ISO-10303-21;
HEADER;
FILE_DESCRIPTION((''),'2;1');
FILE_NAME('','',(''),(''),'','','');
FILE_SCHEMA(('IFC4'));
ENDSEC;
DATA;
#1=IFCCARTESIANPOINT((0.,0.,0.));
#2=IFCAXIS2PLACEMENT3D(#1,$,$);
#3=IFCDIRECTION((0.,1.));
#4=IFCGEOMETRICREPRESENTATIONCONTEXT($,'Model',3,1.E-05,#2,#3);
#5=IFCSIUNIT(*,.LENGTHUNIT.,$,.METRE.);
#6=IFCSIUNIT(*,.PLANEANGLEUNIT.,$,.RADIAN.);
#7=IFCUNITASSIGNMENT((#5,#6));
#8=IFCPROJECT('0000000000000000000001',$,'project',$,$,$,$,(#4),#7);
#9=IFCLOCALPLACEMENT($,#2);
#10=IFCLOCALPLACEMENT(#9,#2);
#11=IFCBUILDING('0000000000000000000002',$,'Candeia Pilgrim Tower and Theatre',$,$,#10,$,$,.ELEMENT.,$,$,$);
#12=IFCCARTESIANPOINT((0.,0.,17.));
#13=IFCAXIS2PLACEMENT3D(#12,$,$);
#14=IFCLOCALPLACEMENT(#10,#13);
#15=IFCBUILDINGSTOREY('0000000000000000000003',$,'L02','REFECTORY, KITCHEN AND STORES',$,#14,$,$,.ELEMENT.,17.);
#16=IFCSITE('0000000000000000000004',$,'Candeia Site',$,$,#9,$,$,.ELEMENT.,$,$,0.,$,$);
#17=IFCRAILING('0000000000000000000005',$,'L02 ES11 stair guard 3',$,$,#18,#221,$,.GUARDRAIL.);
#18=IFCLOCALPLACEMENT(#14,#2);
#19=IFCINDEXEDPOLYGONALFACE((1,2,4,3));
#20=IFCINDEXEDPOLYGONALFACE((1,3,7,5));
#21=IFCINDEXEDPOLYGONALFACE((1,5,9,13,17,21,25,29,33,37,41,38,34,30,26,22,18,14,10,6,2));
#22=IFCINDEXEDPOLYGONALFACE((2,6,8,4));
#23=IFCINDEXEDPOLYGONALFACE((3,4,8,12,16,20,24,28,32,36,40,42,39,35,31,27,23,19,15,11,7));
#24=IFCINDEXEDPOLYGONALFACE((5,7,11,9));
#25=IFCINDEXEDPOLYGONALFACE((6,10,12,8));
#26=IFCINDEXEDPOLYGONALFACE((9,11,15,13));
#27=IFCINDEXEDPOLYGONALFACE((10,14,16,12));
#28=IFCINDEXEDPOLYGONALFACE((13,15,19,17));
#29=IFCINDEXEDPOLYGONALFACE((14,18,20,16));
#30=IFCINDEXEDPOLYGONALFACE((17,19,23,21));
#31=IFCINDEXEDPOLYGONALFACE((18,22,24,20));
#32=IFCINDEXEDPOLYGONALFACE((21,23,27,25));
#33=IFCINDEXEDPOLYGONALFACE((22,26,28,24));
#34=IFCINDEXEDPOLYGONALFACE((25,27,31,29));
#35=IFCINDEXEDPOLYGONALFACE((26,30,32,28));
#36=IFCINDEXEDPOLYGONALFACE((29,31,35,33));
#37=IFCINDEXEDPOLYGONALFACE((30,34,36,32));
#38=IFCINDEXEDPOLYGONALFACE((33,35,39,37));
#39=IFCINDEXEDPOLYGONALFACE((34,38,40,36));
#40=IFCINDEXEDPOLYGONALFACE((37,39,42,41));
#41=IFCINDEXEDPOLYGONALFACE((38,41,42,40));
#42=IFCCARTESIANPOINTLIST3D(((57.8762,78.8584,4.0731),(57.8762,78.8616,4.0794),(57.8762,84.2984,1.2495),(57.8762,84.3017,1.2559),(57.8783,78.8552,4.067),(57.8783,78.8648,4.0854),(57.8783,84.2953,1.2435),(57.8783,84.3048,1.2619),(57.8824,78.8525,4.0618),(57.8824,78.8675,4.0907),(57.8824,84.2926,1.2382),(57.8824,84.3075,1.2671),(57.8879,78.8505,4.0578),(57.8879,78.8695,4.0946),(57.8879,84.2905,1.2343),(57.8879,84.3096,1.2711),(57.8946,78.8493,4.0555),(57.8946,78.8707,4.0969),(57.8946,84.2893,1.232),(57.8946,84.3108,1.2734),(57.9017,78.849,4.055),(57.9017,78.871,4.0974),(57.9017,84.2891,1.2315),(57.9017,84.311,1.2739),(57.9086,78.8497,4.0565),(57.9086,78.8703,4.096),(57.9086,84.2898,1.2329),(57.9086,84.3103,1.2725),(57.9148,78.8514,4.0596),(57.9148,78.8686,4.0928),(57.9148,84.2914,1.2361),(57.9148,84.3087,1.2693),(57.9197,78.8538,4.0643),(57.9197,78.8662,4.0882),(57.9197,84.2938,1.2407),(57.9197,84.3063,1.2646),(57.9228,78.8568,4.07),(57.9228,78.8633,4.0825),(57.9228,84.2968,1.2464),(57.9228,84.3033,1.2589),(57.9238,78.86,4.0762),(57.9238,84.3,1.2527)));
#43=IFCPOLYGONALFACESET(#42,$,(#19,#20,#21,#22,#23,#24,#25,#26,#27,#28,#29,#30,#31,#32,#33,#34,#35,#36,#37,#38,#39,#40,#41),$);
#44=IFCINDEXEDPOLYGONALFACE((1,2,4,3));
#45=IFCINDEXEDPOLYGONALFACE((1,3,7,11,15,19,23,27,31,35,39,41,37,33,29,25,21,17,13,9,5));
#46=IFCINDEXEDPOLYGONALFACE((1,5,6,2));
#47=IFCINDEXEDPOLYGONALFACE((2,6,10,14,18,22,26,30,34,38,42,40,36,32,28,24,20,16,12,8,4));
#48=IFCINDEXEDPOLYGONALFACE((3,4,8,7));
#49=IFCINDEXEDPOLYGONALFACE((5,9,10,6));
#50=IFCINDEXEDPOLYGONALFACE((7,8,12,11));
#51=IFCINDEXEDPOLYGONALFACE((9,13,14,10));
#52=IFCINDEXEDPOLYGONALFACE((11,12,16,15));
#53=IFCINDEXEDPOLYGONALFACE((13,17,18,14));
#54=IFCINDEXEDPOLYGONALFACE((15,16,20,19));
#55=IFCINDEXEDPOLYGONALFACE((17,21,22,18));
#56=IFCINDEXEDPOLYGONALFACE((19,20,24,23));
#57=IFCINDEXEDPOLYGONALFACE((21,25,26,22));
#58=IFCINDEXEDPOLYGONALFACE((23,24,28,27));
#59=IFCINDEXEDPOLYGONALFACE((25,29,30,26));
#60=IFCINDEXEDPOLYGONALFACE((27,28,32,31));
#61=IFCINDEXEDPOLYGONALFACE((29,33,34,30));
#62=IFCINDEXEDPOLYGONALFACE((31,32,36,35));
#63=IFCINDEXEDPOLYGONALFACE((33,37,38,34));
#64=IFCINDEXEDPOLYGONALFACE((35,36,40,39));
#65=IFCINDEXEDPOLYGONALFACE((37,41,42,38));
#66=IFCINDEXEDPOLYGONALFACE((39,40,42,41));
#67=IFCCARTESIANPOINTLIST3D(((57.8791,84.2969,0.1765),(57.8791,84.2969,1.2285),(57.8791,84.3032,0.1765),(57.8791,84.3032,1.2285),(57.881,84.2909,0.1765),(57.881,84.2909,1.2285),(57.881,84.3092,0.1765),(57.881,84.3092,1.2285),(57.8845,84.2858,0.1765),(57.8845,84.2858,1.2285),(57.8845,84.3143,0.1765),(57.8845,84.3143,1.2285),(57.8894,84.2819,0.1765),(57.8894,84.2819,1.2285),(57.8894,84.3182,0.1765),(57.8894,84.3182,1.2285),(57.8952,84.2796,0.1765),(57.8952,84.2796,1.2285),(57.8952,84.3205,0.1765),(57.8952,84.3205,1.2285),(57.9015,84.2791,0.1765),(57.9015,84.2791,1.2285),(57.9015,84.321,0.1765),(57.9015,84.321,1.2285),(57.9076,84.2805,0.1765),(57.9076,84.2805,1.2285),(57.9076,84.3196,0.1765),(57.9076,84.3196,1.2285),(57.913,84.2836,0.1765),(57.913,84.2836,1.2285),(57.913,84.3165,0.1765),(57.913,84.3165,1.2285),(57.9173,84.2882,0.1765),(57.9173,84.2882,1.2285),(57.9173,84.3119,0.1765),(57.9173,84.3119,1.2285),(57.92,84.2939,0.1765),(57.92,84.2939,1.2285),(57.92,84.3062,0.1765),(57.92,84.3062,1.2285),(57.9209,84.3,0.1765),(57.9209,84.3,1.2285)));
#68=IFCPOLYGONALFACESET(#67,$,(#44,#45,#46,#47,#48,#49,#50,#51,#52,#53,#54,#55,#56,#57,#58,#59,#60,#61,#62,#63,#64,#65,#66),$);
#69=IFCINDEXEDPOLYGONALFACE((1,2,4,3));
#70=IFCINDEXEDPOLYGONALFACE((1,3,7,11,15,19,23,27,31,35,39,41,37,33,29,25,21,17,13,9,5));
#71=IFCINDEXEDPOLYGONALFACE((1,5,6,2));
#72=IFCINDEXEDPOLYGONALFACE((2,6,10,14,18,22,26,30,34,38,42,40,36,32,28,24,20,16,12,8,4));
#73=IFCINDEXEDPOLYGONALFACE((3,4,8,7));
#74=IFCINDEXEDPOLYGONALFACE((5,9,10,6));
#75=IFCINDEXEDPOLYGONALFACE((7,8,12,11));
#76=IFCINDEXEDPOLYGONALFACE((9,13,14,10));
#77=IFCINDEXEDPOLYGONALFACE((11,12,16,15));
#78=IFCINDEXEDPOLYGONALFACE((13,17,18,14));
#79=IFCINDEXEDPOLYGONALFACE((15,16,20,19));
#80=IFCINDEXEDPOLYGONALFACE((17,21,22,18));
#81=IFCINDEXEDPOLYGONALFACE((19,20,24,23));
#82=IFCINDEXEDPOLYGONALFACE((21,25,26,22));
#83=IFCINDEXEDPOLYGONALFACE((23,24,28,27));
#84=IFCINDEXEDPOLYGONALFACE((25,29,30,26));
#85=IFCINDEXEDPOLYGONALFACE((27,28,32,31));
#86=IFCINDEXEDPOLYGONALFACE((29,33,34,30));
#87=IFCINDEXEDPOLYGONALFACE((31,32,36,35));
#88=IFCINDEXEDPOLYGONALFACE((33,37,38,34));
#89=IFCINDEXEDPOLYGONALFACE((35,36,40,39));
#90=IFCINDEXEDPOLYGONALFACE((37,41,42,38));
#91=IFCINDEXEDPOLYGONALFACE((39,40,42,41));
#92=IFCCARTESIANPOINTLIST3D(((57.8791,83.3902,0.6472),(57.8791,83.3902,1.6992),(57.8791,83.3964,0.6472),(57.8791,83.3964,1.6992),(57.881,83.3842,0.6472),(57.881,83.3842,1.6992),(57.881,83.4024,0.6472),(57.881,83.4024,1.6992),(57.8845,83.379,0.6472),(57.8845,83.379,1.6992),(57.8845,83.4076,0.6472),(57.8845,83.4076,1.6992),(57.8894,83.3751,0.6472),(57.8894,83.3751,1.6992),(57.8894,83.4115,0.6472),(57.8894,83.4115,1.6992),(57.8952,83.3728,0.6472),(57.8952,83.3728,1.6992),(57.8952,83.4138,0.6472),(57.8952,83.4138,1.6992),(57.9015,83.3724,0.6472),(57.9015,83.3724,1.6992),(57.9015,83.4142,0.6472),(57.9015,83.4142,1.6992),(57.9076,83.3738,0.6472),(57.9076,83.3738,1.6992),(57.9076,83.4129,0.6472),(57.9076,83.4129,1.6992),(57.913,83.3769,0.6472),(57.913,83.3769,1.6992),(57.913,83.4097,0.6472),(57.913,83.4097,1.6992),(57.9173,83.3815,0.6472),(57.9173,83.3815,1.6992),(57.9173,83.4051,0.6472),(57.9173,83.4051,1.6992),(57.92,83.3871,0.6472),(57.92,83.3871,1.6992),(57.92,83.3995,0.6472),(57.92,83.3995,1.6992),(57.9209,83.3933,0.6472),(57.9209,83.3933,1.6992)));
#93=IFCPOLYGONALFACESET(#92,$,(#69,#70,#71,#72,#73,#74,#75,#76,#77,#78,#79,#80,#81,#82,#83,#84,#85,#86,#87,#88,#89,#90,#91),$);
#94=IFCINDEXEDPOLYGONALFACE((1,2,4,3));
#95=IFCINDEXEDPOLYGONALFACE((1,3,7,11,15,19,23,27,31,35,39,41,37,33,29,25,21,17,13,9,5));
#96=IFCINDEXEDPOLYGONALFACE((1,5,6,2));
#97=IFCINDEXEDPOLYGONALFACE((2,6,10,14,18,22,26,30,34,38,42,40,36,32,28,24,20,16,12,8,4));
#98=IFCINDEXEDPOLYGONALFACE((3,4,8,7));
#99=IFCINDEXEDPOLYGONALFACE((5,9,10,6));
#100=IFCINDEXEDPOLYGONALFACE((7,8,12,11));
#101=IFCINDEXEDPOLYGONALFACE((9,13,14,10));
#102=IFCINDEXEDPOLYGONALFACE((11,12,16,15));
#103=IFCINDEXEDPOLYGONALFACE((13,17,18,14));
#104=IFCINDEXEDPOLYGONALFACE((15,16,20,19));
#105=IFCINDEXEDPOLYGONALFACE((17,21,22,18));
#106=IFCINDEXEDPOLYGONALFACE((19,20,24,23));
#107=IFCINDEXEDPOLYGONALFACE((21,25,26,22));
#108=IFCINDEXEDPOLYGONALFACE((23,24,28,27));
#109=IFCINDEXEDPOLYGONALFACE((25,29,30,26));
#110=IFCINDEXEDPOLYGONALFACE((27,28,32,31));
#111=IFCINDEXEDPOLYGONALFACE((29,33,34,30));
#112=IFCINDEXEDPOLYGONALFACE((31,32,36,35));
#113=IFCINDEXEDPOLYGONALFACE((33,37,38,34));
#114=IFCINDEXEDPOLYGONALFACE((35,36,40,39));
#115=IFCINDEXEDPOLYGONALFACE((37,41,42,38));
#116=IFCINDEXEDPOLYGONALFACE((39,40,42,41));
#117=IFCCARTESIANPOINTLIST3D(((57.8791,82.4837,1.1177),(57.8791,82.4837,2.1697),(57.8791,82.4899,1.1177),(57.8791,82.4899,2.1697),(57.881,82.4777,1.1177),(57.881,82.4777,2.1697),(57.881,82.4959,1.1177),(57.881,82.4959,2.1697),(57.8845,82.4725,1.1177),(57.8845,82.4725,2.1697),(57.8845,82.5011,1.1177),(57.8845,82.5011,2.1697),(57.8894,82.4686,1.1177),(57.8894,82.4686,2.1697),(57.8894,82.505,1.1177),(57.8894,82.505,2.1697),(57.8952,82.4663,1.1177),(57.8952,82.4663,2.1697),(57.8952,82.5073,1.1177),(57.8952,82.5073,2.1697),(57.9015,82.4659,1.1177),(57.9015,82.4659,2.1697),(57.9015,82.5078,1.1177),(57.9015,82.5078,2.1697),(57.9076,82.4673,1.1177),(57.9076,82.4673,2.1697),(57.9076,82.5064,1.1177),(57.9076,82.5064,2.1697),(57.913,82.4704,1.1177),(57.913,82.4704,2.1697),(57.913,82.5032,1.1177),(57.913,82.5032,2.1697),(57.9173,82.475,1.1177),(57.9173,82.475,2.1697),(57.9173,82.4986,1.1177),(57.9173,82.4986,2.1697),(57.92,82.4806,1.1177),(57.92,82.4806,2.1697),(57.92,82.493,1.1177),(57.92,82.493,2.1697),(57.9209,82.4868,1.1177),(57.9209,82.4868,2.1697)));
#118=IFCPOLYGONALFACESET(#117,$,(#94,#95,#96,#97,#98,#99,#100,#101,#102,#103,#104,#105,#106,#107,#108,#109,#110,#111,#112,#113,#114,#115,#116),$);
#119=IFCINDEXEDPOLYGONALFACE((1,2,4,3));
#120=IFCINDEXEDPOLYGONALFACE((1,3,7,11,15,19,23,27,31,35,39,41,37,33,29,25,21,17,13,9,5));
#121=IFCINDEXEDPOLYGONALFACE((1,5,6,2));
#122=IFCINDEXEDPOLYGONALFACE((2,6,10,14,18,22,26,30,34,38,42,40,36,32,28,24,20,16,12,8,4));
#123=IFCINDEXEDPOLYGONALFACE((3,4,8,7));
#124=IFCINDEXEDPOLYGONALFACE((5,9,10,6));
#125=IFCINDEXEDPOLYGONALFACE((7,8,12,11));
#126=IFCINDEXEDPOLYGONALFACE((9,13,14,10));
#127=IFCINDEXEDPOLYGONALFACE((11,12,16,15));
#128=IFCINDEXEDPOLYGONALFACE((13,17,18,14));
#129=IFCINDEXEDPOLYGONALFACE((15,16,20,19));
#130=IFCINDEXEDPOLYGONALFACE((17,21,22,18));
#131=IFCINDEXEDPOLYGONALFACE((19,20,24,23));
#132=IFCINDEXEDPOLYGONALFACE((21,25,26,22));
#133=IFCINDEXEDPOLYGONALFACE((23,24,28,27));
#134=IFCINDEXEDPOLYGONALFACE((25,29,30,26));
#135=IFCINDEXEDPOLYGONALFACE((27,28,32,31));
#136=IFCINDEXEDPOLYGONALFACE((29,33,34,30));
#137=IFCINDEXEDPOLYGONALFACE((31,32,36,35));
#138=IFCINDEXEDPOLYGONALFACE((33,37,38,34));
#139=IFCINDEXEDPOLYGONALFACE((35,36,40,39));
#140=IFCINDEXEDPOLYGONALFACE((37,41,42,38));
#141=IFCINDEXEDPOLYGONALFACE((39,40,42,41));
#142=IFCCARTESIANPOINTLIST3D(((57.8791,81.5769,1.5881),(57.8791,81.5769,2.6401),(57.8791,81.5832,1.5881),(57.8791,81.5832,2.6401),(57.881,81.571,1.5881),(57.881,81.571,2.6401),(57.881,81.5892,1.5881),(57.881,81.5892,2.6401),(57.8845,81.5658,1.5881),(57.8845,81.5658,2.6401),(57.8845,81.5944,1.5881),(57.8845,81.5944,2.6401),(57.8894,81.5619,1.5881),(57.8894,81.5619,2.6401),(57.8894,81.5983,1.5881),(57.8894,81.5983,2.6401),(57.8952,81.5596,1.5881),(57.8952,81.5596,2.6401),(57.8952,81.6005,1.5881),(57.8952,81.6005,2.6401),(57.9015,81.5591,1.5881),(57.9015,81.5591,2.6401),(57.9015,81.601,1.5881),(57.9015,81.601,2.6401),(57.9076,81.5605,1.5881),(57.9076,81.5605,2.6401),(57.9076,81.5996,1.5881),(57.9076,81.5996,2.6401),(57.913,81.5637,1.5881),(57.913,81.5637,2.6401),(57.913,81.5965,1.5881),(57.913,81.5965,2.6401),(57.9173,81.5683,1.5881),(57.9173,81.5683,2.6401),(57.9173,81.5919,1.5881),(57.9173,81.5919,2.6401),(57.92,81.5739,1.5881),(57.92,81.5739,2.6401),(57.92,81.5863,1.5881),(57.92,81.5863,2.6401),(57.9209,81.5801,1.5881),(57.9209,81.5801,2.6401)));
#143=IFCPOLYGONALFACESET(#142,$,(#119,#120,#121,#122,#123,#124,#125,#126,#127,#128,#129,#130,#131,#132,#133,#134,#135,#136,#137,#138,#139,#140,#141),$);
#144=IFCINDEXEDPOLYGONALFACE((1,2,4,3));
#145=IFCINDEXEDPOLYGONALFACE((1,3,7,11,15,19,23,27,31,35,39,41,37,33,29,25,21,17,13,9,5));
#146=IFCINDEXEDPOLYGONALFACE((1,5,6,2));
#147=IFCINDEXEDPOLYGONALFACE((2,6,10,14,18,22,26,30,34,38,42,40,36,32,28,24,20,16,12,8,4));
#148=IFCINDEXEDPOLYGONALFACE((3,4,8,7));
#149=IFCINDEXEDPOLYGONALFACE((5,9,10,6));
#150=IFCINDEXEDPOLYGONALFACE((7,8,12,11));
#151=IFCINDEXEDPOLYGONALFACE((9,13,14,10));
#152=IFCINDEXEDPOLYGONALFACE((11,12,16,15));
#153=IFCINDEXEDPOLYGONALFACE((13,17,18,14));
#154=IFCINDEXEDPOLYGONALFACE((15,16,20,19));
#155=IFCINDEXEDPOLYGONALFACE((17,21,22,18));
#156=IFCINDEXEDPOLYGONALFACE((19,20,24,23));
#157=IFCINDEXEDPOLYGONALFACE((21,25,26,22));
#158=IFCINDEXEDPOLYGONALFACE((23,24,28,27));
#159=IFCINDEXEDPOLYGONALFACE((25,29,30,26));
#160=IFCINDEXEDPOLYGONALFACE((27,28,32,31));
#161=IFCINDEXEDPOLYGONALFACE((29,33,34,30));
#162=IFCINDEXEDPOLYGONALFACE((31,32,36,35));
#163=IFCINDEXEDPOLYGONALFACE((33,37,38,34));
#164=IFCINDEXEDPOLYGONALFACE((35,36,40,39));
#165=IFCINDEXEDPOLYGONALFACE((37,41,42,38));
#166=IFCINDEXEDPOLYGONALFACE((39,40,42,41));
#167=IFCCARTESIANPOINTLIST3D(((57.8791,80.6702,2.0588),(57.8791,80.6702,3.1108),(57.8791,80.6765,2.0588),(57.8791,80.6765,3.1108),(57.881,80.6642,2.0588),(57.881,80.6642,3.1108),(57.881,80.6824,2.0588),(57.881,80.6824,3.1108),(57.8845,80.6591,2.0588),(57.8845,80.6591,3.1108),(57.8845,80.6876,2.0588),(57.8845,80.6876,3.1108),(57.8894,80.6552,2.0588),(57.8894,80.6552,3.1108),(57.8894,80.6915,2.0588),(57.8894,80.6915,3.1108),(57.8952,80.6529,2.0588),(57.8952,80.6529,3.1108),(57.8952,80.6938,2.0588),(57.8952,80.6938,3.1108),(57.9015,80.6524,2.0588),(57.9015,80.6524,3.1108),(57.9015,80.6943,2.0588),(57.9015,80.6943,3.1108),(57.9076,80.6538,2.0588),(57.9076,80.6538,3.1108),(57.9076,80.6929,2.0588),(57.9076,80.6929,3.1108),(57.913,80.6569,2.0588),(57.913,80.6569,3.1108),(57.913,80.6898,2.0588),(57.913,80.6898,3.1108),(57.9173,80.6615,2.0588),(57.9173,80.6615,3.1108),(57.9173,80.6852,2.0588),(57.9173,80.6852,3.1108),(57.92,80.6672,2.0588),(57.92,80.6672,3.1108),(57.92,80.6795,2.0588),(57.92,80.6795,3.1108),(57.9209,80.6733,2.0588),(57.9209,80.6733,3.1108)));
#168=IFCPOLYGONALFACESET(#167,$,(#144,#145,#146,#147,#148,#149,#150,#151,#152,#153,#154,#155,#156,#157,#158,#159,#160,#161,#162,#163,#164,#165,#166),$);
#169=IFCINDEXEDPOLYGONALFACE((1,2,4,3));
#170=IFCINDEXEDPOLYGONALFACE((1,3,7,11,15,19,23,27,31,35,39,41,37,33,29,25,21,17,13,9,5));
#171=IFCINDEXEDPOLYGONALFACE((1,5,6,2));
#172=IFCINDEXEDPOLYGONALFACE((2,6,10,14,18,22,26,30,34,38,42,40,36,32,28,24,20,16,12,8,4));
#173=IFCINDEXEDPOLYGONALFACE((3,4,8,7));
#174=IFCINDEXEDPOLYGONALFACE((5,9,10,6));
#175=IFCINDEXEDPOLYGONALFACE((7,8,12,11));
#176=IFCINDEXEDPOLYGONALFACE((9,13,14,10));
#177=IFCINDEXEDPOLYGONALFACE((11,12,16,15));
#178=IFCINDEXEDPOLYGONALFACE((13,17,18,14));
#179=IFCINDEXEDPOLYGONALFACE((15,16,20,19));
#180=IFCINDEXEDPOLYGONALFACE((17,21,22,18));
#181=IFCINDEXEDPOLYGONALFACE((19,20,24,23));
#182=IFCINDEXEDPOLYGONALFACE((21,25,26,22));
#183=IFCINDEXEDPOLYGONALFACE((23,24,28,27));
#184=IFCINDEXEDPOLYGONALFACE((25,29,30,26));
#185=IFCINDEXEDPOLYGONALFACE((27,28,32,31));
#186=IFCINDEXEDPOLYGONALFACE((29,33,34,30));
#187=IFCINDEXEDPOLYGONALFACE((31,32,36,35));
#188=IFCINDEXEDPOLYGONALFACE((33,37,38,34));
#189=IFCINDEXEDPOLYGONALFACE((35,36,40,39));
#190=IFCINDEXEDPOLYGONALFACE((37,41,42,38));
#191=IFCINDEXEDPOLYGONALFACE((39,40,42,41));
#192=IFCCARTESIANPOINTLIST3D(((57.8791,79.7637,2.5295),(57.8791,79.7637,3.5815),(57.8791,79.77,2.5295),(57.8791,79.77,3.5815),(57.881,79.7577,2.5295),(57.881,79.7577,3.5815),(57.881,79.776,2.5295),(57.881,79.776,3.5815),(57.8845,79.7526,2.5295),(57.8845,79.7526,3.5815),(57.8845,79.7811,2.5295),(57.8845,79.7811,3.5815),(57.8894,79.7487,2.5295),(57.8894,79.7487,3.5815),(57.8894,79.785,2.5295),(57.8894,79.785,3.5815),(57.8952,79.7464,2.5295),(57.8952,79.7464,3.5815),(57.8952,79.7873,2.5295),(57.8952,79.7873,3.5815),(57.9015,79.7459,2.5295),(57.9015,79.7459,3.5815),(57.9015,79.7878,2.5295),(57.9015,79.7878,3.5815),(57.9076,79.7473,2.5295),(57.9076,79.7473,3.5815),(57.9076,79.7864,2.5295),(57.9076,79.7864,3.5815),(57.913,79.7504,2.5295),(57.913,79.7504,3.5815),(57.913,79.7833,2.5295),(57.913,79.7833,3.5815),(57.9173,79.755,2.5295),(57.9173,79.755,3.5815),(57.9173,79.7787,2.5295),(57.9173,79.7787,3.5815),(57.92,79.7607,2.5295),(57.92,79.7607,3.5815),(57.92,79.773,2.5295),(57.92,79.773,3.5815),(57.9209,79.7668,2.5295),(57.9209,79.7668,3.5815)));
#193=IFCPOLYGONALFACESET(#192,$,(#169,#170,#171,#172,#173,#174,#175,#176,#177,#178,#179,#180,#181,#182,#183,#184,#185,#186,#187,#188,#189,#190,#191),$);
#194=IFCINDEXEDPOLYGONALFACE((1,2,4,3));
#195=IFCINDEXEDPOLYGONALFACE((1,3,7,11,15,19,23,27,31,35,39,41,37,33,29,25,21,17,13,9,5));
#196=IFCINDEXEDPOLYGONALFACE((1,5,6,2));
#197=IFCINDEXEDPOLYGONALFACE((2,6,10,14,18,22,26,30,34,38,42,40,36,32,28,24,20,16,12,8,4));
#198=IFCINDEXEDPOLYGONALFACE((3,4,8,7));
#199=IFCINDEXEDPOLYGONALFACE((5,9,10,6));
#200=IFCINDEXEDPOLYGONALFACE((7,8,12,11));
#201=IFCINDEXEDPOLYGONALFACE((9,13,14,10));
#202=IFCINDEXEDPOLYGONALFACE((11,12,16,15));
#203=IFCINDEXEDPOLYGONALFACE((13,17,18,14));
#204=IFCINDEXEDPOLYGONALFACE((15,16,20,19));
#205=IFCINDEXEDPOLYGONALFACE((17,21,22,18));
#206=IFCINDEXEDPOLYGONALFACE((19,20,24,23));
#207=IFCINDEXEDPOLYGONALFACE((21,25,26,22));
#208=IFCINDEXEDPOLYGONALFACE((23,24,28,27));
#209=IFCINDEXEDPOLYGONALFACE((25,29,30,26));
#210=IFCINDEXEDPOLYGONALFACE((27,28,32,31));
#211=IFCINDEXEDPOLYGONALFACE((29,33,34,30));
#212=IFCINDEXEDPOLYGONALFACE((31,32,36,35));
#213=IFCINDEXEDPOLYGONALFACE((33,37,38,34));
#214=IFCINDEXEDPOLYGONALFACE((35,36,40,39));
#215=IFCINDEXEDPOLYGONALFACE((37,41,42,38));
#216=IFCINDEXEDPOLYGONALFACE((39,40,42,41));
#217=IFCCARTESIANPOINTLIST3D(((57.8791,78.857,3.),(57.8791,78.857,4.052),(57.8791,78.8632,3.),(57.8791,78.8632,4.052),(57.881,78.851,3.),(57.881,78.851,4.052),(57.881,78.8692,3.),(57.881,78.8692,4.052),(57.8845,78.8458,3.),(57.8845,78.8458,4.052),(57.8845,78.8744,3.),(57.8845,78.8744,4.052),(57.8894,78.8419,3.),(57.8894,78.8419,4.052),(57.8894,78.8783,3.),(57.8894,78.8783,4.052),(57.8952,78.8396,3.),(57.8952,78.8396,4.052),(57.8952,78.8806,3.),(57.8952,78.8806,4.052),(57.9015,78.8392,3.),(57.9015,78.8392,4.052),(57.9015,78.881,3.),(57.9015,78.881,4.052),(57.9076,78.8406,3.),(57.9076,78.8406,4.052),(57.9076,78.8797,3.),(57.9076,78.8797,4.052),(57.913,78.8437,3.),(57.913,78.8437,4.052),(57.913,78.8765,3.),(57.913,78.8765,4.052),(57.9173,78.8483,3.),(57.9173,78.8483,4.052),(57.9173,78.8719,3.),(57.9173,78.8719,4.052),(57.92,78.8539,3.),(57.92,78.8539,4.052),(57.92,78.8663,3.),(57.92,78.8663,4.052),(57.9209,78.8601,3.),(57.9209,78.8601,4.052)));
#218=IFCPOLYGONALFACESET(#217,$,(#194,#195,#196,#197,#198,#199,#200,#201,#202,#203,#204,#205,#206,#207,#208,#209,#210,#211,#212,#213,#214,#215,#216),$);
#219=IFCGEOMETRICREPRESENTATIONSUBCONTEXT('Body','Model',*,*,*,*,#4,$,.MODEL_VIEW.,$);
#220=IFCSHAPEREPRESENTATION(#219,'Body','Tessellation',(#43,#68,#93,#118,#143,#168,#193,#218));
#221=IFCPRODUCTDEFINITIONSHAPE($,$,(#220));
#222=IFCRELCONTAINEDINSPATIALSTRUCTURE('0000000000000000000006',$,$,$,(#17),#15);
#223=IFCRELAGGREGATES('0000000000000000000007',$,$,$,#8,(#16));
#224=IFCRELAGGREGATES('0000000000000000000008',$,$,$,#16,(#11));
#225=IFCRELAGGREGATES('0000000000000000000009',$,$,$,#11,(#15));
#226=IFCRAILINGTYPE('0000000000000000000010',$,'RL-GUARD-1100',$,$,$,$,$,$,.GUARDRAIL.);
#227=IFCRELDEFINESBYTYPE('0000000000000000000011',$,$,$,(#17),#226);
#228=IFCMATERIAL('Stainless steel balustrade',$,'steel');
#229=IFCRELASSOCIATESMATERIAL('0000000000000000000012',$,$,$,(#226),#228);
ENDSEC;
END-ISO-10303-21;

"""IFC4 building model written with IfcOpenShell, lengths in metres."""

from ifc_helpers import new_model, si_unit, direction, frame, origin, origin_2d, place, context, subcontext, project, spatial, circle, extrude, material, type_object, element, save


model = new_model("IFC4")

# Units and contexts
model_context = context("Model", 3, precision=1e-05, world=origin(), true_north=direction((0.0, 1.0)))
body_context = subcontext(model_context, "Body", "Model", "MODEL_VIEW")
ifc_project = project(units=[si_unit("LENGTHUNIT", "METRE"), si_unit("PLANEANGLEUNIT", "RADIAN")], contexts=[model_context])

# Site, building, storey
site_placement = place(None, origin())
site = spatial("IfcSite", under=ifc_project, at=site_placement, Name="Candeia Site", CompositionType="ELEMENT", RefElevation=0.0)
building_placement = place(site_placement, origin())
building = spatial("IfcBuilding", under=site, at=building_placement, Name="Candeia Pilgrim Tower and Theatre", CompositionType="ELEMENT")
storey_placement = place(building_placement, frame((0.0, 0.0, 17.0)))
storey = spatial("IfcBuildingStorey", under=building, at=storey_placement, Name="L02", Description="REFECTORY, KITCHEN AND STORES", CompositionType="ELEMENT", Elevation=17.0)

# Railing
ifc_material_1 = material(Name="Stainless steel balustrade", Category="steel")
railing_type_1 = type_object("IfcRailingType", Name="RL-GUARD-1100", PredefinedType="GUARDRAIL", material=ifc_material_1)
railing_1_placement = place(storey_placement, frame((57.8999, 84.3, 0.1765)))
element("IfcRailing", 1, at=railing_1_placement, inside=storey, type_object=railing_type_1, Name="L02 ES11 stair guard 3", PredefinedType="GUARDRAIL", context=body_context, shape_type="SweptSolid", body=[
    extrude(circle(Radius=0.0239, at=origin_2d()), frame((0.0, 0.0, 1.0762), z_axis=(0.0, -0.887569, 0.460674), x_axis=(1.0, 0.0, 0.0)), (0.0, 0.0, 1.0), 6.1292),
    extrude(circle(Radius=0.021, at=origin_2d()), origin(), (0.0, 0.0, 1.0), 1.052),
    extrude(circle(Radius=0.021, at=origin_2d()), frame((0.0, -0.9067, 0.4707)), (0.0, 0.0, 1.0), 1.052),
    extrude(circle(Radius=0.021, at=origin_2d()), frame((0.0, -1.8132, 0.9412)), (0.0, 0.0, 1.0), 1.052),
    extrude(circle(Radius=0.021, at=origin_2d()), frame((0.0, -2.72, 1.4116)), (0.0, 0.0, 1.0), 1.052),
    extrude(circle(Radius=0.021, at=origin_2d()), frame((0.0, -3.6267, 1.8823)), (0.0, 0.0, 1.0), 1.052),
    extrude(circle(Radius=0.021, at=origin_2d()), frame((0.0, -4.5332, 2.353)), (0.0, 0.0, 1.0), 1.052),
    extrude(circle(Radius=0.021, at=origin_2d()), frame((0.0, -5.4399, 2.8235)), (0.0, 0.0, 1.0), 1.052),
])

save(model, "model.ifc")
